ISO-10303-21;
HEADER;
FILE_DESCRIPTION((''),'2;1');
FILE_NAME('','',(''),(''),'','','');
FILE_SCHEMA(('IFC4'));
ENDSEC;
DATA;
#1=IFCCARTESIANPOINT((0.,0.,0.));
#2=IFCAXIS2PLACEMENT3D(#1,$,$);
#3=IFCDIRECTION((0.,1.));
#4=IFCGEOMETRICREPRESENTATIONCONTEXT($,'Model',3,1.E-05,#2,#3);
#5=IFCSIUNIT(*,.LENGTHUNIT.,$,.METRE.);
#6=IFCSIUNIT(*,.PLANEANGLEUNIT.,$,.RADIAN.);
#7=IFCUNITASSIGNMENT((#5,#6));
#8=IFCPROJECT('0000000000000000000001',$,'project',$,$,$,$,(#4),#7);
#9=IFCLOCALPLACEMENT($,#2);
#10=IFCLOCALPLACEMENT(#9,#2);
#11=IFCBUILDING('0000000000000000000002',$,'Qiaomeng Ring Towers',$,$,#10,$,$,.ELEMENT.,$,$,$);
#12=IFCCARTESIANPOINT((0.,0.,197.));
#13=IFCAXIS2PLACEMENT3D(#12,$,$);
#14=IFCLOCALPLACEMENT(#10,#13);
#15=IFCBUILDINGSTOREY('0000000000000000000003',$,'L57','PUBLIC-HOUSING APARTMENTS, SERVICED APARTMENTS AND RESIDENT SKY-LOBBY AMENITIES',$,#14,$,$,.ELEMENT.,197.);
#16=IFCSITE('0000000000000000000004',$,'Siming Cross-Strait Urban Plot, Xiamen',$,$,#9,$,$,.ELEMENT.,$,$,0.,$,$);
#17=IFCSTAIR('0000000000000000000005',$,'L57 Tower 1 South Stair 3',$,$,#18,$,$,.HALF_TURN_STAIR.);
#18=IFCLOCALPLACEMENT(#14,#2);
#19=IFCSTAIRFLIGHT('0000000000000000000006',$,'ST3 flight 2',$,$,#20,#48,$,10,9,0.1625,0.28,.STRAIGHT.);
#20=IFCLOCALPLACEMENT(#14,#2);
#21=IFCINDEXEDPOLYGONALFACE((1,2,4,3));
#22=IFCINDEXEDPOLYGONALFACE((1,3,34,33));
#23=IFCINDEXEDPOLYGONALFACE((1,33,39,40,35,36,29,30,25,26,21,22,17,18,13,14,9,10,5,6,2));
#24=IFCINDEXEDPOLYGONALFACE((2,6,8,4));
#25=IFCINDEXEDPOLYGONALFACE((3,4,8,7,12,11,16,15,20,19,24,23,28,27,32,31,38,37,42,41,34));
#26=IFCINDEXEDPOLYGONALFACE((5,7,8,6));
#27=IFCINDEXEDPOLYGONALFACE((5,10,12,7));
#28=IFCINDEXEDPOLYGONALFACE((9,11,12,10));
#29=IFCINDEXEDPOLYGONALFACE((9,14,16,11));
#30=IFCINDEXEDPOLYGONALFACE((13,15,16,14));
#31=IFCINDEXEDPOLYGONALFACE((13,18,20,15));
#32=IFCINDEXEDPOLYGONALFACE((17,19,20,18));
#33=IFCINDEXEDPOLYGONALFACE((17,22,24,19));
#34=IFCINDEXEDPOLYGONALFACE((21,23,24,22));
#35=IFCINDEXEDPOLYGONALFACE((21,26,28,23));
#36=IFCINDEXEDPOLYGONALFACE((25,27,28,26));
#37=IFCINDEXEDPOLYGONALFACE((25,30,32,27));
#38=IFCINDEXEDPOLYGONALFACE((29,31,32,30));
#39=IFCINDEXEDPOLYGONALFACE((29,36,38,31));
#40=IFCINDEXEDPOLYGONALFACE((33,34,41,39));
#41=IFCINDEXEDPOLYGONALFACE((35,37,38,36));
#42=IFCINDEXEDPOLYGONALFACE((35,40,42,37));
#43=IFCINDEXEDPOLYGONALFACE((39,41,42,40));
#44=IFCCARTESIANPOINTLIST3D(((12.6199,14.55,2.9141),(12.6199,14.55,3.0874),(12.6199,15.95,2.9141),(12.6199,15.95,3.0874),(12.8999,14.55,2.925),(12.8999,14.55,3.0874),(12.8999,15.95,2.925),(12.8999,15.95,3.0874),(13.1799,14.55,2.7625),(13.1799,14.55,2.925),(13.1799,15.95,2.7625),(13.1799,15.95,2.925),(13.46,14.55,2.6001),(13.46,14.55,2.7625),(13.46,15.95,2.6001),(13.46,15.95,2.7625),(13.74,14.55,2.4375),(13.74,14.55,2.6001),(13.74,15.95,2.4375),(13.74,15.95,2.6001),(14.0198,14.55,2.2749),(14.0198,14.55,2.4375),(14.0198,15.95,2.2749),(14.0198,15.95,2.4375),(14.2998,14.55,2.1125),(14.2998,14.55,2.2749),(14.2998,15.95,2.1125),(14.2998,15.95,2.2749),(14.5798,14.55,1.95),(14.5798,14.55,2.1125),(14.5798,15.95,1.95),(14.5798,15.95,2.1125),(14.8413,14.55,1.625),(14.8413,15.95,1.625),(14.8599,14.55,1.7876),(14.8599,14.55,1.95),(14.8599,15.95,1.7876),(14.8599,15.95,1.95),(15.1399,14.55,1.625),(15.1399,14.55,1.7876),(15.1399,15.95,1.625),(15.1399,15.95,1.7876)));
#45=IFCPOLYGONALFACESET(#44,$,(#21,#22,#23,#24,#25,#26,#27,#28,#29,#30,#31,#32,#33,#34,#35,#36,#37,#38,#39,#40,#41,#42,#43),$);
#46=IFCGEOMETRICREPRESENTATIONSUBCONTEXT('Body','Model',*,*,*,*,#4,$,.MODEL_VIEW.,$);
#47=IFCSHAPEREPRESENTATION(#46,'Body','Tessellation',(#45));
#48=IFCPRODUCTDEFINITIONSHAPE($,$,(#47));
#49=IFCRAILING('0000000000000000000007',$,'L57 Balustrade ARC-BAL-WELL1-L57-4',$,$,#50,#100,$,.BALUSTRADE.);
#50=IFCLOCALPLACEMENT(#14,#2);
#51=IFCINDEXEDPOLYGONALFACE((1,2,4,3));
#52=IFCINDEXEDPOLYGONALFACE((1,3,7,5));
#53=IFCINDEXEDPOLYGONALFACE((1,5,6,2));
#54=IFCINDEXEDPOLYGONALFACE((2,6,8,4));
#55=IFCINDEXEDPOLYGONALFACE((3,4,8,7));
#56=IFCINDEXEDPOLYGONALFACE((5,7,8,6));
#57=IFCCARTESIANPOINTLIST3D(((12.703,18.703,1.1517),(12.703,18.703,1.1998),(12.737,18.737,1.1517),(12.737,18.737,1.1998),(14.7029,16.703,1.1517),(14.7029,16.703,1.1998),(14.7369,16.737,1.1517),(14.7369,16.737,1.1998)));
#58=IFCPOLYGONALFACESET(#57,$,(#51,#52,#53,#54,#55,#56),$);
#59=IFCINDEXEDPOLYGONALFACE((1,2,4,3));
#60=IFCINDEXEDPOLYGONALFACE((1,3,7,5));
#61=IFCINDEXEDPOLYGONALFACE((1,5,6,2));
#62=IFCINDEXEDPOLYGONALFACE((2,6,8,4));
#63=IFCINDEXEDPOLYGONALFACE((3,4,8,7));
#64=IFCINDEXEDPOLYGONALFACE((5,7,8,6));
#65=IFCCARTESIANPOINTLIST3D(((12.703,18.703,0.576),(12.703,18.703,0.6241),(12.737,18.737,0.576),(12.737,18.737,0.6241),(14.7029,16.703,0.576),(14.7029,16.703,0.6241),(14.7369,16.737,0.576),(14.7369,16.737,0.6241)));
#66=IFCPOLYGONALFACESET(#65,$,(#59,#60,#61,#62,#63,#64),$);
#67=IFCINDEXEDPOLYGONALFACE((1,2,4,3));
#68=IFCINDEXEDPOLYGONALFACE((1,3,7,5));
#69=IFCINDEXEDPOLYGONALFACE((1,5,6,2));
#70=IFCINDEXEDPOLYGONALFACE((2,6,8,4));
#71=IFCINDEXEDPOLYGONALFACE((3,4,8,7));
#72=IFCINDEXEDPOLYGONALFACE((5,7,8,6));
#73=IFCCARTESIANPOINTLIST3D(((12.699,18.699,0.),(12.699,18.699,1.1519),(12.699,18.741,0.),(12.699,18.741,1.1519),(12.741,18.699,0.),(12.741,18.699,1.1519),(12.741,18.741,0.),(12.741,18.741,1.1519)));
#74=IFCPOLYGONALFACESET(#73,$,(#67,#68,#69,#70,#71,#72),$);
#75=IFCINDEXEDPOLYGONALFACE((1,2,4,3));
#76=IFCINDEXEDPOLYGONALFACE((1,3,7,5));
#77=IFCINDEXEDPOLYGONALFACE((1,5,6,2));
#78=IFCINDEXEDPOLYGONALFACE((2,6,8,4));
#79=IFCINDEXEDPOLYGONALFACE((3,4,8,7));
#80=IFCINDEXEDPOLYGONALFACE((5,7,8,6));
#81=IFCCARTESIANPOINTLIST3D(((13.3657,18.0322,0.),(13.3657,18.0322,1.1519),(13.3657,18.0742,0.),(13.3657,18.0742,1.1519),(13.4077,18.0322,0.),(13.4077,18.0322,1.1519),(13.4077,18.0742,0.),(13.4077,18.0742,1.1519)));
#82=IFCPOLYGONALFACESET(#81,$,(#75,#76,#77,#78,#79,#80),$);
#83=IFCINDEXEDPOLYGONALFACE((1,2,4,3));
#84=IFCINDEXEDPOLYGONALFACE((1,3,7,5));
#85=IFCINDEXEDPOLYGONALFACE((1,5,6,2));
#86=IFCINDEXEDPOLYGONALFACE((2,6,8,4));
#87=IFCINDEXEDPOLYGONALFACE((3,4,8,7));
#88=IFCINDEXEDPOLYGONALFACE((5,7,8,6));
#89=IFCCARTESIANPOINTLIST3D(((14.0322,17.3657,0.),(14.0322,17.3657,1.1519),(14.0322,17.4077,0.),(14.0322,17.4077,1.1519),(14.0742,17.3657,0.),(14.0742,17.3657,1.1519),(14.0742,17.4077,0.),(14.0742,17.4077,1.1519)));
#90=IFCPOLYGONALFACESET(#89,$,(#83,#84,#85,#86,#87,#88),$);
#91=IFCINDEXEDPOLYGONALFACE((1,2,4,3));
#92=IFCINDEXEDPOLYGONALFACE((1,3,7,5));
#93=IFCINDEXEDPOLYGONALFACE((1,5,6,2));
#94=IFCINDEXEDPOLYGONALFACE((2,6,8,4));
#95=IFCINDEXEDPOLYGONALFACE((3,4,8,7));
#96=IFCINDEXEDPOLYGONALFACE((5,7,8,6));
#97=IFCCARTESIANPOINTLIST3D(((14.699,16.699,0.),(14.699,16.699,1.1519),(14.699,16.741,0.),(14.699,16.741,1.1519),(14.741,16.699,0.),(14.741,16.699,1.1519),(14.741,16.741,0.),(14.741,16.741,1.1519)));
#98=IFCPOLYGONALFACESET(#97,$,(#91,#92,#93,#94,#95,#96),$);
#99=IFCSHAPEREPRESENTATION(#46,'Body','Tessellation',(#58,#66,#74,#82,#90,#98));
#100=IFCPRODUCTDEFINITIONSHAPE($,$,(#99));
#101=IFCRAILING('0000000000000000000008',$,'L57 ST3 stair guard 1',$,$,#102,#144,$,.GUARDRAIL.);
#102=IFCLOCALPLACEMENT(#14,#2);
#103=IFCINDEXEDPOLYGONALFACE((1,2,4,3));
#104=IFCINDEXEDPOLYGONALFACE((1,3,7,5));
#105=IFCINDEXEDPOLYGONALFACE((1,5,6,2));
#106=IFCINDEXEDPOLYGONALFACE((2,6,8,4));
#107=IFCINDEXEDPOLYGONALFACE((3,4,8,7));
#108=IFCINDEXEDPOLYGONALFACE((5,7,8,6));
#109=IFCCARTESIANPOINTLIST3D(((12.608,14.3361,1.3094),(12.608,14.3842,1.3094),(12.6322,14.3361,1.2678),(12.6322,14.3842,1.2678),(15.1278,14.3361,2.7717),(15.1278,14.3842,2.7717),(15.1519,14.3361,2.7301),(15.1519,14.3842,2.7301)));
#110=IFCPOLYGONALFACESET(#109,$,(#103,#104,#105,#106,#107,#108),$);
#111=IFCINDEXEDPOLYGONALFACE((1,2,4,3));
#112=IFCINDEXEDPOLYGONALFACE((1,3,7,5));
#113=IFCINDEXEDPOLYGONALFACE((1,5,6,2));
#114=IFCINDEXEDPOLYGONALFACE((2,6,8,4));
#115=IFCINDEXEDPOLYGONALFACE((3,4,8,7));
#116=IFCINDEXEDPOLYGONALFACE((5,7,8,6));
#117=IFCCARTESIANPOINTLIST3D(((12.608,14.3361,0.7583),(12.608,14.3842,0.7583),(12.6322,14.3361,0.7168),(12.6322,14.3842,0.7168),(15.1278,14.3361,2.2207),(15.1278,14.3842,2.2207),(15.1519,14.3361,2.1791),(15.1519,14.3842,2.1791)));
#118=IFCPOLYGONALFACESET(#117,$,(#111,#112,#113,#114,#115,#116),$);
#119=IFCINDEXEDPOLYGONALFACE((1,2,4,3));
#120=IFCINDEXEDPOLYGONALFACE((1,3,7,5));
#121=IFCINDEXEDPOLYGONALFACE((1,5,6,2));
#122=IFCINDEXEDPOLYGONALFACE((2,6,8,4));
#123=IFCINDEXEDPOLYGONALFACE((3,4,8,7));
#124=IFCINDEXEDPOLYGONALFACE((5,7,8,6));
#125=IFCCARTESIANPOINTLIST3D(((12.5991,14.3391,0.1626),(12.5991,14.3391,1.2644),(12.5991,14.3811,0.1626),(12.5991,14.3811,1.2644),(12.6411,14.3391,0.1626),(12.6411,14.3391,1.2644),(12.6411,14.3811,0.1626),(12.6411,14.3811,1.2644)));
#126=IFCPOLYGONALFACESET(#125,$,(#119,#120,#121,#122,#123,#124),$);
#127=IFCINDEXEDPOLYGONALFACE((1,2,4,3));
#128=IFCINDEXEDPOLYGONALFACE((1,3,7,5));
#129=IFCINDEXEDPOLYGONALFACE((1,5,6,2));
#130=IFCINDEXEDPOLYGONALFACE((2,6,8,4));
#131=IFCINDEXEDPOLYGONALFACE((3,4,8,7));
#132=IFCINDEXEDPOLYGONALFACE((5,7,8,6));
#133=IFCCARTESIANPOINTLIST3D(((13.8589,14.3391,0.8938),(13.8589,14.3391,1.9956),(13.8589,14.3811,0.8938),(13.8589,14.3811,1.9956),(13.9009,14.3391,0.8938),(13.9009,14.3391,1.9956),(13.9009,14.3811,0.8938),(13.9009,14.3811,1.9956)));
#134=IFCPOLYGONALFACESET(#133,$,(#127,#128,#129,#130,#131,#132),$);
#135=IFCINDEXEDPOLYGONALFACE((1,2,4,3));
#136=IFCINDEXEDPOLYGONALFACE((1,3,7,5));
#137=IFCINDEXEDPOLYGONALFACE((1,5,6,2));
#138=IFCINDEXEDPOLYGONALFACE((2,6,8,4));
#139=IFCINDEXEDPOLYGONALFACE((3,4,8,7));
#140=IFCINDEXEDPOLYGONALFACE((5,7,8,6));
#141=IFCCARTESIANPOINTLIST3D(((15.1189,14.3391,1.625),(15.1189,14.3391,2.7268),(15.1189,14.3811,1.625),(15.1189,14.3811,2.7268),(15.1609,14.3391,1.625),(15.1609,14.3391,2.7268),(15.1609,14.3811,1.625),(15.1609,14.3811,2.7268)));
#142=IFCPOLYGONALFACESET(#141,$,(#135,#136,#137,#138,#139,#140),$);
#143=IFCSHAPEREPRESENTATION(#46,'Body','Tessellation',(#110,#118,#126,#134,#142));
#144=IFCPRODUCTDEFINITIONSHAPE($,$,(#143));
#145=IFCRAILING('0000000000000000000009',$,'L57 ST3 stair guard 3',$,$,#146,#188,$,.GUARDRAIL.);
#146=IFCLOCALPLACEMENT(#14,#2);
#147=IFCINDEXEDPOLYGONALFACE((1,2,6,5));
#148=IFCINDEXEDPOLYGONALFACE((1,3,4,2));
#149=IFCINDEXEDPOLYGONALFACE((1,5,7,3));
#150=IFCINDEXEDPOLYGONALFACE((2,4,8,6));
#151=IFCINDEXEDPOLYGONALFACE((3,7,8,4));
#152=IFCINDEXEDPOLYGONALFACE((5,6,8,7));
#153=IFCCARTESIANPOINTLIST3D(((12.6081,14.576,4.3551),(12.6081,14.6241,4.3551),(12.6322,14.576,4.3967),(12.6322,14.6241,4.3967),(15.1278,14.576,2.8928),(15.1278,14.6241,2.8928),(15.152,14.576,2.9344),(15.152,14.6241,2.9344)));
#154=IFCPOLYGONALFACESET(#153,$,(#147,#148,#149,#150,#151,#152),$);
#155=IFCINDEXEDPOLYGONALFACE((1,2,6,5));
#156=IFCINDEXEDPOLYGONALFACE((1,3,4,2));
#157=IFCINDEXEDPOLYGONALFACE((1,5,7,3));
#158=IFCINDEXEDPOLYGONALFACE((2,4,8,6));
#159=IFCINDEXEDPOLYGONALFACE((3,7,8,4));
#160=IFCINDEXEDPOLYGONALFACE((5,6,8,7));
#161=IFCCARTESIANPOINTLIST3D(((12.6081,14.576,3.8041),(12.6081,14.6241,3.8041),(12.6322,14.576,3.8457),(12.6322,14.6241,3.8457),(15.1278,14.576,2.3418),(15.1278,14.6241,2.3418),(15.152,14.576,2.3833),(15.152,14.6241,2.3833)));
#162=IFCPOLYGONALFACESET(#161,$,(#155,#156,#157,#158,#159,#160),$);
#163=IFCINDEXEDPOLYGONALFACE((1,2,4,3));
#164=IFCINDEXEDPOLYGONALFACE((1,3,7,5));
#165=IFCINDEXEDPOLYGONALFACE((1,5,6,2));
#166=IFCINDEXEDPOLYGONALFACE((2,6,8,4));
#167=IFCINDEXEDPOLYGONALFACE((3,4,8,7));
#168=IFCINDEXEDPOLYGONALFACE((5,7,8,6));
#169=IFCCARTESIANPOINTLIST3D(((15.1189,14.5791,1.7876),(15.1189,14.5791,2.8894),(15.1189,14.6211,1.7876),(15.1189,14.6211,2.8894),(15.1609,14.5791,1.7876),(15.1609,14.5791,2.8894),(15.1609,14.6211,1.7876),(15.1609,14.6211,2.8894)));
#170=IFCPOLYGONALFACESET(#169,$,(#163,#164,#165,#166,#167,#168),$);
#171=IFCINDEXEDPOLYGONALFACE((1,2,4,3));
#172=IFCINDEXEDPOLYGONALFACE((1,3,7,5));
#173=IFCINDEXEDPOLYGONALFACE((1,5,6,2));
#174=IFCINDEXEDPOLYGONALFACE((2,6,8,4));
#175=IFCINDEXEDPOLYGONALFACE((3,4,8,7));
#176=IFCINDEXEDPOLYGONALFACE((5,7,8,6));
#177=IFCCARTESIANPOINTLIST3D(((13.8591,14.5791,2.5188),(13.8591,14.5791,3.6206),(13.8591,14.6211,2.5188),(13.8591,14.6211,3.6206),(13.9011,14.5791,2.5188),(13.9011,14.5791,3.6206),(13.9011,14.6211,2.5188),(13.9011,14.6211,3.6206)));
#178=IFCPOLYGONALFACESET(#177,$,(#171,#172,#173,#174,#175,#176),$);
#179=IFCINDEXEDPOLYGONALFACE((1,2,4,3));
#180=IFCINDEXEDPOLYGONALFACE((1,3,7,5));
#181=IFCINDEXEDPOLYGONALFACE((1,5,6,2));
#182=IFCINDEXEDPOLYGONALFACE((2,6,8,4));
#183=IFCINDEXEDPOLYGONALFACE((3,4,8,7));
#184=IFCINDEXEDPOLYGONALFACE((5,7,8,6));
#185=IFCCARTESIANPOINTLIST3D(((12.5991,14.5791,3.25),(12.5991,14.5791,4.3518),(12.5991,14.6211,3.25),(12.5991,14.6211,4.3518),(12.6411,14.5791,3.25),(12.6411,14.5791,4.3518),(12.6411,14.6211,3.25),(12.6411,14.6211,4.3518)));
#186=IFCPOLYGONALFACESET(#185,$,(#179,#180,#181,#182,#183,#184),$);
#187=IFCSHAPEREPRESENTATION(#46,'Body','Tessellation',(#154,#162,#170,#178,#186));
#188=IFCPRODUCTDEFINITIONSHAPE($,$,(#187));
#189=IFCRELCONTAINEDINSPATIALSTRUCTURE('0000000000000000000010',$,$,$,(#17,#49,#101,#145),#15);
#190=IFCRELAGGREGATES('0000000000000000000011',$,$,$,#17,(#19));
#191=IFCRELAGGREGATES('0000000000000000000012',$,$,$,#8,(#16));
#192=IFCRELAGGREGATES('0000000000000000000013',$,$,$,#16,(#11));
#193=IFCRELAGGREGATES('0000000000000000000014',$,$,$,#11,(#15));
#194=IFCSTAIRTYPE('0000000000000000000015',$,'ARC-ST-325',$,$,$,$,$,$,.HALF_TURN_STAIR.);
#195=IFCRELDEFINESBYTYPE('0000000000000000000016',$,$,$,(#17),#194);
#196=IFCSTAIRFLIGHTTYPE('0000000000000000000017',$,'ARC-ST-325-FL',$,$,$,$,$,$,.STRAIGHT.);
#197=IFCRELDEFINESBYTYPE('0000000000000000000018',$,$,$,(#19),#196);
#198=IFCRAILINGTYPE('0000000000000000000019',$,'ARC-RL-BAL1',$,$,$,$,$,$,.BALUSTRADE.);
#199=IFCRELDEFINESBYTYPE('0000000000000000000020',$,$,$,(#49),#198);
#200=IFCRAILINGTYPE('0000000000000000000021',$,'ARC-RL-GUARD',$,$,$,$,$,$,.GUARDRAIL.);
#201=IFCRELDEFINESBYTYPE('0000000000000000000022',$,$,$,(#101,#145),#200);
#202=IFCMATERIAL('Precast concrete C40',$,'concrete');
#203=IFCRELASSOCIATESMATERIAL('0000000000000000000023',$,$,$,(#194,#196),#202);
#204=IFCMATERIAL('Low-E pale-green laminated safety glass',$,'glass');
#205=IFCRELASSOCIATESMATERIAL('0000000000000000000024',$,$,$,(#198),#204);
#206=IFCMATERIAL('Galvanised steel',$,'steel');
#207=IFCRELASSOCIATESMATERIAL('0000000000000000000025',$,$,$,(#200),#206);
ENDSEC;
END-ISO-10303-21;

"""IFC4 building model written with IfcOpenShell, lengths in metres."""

from ifc_helpers import new_model, si_unit, direction, frame, origin, origin_2d, place, context, subcontext, project, spatial, polyline, rectangle, outline, extrude, source, transform, mapped, material, type_object, element, aggregate, save


model = new_model("IFC4")

# Units and contexts
model_context = context("Model", 3, precision=1e-05, world=origin(), true_north=direction((0.0, 1.0)))
body_context = subcontext(model_context, "Body", "Model", "MODEL_VIEW")
ifc_project = project(units=[si_unit("LENGTHUNIT", "METRE"), si_unit("PLANEANGLEUNIT", "RADIAN")], contexts=[model_context])

# Site, building, storey
site_placement = place(None, origin())
site = spatial("IfcSite", under=ifc_project, at=site_placement, Name="Siming Cross-Strait Urban Plot, Xiamen", CompositionType="ELEMENT", RefElevation=0.0)
building_placement = place(site_placement, origin())
building = spatial("IfcBuilding", under=site, at=building_placement, Name="Qiaomeng Ring Towers", CompositionType="ELEMENT")
storey_placement = place(building_placement, frame((0.0, 0.0, 197.0)))
storey = spatial("IfcBuildingStorey", under=building, at=storey_placement, Name="L57", Description="PUBLIC-HOUSING APARTMENTS, SERVICED APARTMENTS AND RESIDENT SKY-LOBBY AMENITIES", CompositionType="ELEMENT", Elevation=197.0)

# Stair, stair flight
ifc_material_1 = material(Name="Precast concrete C40", Category="concrete")
stair_type = type_object("IfcStairType", Name="ARC-ST-325", PredefinedType="HALF_TURN_STAIR", material=ifc_material_1)
stair_placement = place(storey_placement, origin())
stair = element("IfcStair", 1, at=stair_placement, inside=storey, type_object=stair_type, Name="L57 Tower 1 South Stair 3", PredefinedType="HALF_TURN_STAIR")
stair_flight_type = type_object("IfcStairFlightType", Name="ARC-ST-325-FL", PredefinedType="STRAIGHT", material=ifc_material_1)
shared_shape_1 = source(origin(), body_context, "Body", "SweptSolid", [
    extrude(outline(polyline([(0.0, 0.0), (0.0, 0.1626), (0.28, 0.1626), (0.28, 0.325), (0.5601, 0.325), (0.5601, 0.4875), (0.8401, 0.4875), (0.8401, 0.6499), (1.1201, 0.6499), (1.1201, 0.8125), (1.3999, 0.8125), (1.3999, 0.9751), (1.6799, 0.9751), (1.6799, 1.1375), (1.96, 1.1375), (1.96, 1.3), (2.24, 1.3), (2.24, 1.4624), (2.52, 1.4624), (2.52, 1.625), (2.52, 1.2891), (0.2986, 0.0), (0.0, 0.0)])), frame((0.0, 0.7, 0.0), z_axis=(0.0, -1.0, 0.0), x_axis=(1.0, 0.0, 0.0)), (0.0, 0.0, 1.0), 1.3999),
])
stair_flight_1_placement = place(storey_placement, frame((15.1399, 15.25, 1.625), z_axis=(0.0, 0.0, 1.0), x_axis=(-1.0, 0.0, 0.0)))
stair_flight_1 = element("IfcStairFlight", 2, at=stair_flight_1_placement, type_object=stair_flight_type, Name="ST3 flight 2", NumberOfRisers=10, NumberOfTreads=9, PredefinedType="STRAIGHT", RiserHeight=0.1625, TreadLength=0.28, context=body_context, shape_type="MappedRepresentation", body=[
    mapped(shared_shape_1, transform((0.0, 0.0, 0.0), x_axis=(1.0, 0.0, 0.0), y_axis=(0.0, 1.0, 0.0), z_axis=(0.0, 0.0, 1.0), scale=1.0)),
])
aggregate(stair, [stair_flight_1])

# Railings
ifc_material_2 = material(Name="Low-E pale-green laminated safety glass", Category="glass")
railing_type_1 = type_object("IfcRailingType", Name="ARC-RL-BAL1", PredefinedType="BALUSTRADE", material=ifc_material_2)
railing_1_placement = place(storey_placement, frame((12.72, 18.72, 0.0)))
element("IfcRailing", 3, at=railing_1_placement, inside=storey, type_object=railing_type_1, Name="L57 Balustrade ARC-BAL-WELL1-L57-4", PredefinedType="BALUSTRADE", context=body_context, shape_type="SweptSolid", body=[
    extrude(rectangle(XDim=0.0481, YDim=0.0481, at=origin_2d()), frame((0.0, 0.0, 1.1758), z_axis=(0.707107, -0.707107, 0.0), x_axis=(0.707107, 0.707107, 0.0)), (0.0, 0.0, 1.0), 2.8284),
    extrude(rectangle(XDim=0.0481, YDim=0.0481, at=origin_2d()), frame((0.0, 0.0, 0.6001), z_axis=(0.707107, -0.707107, 0.0), x_axis=(0.707107, 0.707107, 0.0)), (0.0, 0.0, 1.0), 2.8284),
    extrude(rectangle(XDim=0.042, YDim=0.042, at=origin_2d()), origin(), (0.0, 0.0, 1.0), 1.1519),
    extrude(rectangle(XDim=0.042, YDim=0.042, at=origin_2d()), frame((0.6667, -0.6667, 0.0)), (0.0, 0.0, 1.0), 1.1519),
    extrude(rectangle(XDim=0.042, YDim=0.042, at=origin_2d()), frame((1.3333, -1.3333, 0.0)), (0.0, 0.0, 1.0), 1.1519),
    extrude(rectangle(XDim=0.042, YDim=0.042, at=origin_2d()), frame((2.0, -2.0, 0.0)), (0.0, 0.0, 1.0), 1.1519),
])
ifc_material_3 = material(Name="Galvanised steel", Category="steel")
railing_type_2 = type_object("IfcRailingType", Name="ARC-RL-GUARD", PredefinedType="GUARDRAIL", material=ifc_material_3)
railing_2_placement = place(storey_placement, frame((12.6201, 14.3601, 0.1626)))
element("IfcRailing", 4, at=railing_2_placement, inside=storey, type_object=railing_type_2, Name="L57 ST3 stair guard 1", PredefinedType="GUARDRAIL", context=body_context, shape_type="SweptSolid", body=[
    extrude(rectangle(XDim=0.0481, YDim=0.0481, at=origin_2d()), frame((0.0, 0.0, 1.126), z_axis=(0.864892, 0.0, 0.501958), x_axis=(0.0, 1.0, 0.0)), (0.0, 0.0, 1.0), 2.9133),
    extrude(rectangle(XDim=0.0481, YDim=0.0481, at=origin_2d()), frame((0.0, 0.0, 0.575), z_axis=(0.864892, 0.0, 0.501958), x_axis=(0.0, 1.0, 0.0)), (0.0, 0.0, 1.0), 2.9133),
    extrude(rectangle(XDim=0.042, YDim=0.042, at=origin_2d()), origin(), (0.0, 0.0, 1.0), 1.1018),
    extrude(rectangle(XDim=0.042, YDim=0.042, at=origin_2d()), frame((1.2598, 0.0, 0.7312)), (0.0, 0.0, 1.0), 1.1018),
    extrude(rectangle(XDim=0.042, YDim=0.042, at=origin_2d()), frame((2.5198, 0.0, 1.4624)), (0.0, 0.0, 1.0), 1.1018),
])
railing_3_placement = place(storey_placement, frame((15.1399, 14.6001, 1.7876)))
element("IfcRailing", 5, at=railing_3_placement, inside=storey, type_object=railing_type_2, Name="L57 ST3 stair guard 3", PredefinedType="GUARDRAIL", context=body_context, shape_type="SweptSolid", body=[
    extrude(rectangle(XDim=0.0481, YDim=0.0481, at=origin_2d()), frame((0.0, 0.0, 1.126), z_axis=(-0.864892, 0.0, 0.501958), x_axis=(0.0, -1.0, 0.0)), (0.0, 0.0, 1.0), 2.9133),
    extrude(rectangle(XDim=0.0481, YDim=0.0481, at=origin_2d()), frame((0.0, 0.0, 0.575), z_axis=(-0.864892, 0.0, 0.501958), x_axis=(0.0, -1.0, 0.0)), (0.0, 0.0, 1.0), 2.9133),
    extrude(rectangle(XDim=0.042, YDim=0.042, at=origin_2d()), origin(), (0.0, 0.0, 1.0), 1.1018),
    extrude(rectangle(XDim=0.042, YDim=0.042, at=origin_2d()), frame((-1.2598, 0.0, 0.7312)), (0.0, 0.0, 1.0), 1.1018),
    extrude(rectangle(XDim=0.042, YDim=0.042, at=origin_2d()), frame((-2.5198, 0.0, 1.4624)), (0.0, 0.0, 1.0), 1.1018),
])

save(model, "model.ifc")
